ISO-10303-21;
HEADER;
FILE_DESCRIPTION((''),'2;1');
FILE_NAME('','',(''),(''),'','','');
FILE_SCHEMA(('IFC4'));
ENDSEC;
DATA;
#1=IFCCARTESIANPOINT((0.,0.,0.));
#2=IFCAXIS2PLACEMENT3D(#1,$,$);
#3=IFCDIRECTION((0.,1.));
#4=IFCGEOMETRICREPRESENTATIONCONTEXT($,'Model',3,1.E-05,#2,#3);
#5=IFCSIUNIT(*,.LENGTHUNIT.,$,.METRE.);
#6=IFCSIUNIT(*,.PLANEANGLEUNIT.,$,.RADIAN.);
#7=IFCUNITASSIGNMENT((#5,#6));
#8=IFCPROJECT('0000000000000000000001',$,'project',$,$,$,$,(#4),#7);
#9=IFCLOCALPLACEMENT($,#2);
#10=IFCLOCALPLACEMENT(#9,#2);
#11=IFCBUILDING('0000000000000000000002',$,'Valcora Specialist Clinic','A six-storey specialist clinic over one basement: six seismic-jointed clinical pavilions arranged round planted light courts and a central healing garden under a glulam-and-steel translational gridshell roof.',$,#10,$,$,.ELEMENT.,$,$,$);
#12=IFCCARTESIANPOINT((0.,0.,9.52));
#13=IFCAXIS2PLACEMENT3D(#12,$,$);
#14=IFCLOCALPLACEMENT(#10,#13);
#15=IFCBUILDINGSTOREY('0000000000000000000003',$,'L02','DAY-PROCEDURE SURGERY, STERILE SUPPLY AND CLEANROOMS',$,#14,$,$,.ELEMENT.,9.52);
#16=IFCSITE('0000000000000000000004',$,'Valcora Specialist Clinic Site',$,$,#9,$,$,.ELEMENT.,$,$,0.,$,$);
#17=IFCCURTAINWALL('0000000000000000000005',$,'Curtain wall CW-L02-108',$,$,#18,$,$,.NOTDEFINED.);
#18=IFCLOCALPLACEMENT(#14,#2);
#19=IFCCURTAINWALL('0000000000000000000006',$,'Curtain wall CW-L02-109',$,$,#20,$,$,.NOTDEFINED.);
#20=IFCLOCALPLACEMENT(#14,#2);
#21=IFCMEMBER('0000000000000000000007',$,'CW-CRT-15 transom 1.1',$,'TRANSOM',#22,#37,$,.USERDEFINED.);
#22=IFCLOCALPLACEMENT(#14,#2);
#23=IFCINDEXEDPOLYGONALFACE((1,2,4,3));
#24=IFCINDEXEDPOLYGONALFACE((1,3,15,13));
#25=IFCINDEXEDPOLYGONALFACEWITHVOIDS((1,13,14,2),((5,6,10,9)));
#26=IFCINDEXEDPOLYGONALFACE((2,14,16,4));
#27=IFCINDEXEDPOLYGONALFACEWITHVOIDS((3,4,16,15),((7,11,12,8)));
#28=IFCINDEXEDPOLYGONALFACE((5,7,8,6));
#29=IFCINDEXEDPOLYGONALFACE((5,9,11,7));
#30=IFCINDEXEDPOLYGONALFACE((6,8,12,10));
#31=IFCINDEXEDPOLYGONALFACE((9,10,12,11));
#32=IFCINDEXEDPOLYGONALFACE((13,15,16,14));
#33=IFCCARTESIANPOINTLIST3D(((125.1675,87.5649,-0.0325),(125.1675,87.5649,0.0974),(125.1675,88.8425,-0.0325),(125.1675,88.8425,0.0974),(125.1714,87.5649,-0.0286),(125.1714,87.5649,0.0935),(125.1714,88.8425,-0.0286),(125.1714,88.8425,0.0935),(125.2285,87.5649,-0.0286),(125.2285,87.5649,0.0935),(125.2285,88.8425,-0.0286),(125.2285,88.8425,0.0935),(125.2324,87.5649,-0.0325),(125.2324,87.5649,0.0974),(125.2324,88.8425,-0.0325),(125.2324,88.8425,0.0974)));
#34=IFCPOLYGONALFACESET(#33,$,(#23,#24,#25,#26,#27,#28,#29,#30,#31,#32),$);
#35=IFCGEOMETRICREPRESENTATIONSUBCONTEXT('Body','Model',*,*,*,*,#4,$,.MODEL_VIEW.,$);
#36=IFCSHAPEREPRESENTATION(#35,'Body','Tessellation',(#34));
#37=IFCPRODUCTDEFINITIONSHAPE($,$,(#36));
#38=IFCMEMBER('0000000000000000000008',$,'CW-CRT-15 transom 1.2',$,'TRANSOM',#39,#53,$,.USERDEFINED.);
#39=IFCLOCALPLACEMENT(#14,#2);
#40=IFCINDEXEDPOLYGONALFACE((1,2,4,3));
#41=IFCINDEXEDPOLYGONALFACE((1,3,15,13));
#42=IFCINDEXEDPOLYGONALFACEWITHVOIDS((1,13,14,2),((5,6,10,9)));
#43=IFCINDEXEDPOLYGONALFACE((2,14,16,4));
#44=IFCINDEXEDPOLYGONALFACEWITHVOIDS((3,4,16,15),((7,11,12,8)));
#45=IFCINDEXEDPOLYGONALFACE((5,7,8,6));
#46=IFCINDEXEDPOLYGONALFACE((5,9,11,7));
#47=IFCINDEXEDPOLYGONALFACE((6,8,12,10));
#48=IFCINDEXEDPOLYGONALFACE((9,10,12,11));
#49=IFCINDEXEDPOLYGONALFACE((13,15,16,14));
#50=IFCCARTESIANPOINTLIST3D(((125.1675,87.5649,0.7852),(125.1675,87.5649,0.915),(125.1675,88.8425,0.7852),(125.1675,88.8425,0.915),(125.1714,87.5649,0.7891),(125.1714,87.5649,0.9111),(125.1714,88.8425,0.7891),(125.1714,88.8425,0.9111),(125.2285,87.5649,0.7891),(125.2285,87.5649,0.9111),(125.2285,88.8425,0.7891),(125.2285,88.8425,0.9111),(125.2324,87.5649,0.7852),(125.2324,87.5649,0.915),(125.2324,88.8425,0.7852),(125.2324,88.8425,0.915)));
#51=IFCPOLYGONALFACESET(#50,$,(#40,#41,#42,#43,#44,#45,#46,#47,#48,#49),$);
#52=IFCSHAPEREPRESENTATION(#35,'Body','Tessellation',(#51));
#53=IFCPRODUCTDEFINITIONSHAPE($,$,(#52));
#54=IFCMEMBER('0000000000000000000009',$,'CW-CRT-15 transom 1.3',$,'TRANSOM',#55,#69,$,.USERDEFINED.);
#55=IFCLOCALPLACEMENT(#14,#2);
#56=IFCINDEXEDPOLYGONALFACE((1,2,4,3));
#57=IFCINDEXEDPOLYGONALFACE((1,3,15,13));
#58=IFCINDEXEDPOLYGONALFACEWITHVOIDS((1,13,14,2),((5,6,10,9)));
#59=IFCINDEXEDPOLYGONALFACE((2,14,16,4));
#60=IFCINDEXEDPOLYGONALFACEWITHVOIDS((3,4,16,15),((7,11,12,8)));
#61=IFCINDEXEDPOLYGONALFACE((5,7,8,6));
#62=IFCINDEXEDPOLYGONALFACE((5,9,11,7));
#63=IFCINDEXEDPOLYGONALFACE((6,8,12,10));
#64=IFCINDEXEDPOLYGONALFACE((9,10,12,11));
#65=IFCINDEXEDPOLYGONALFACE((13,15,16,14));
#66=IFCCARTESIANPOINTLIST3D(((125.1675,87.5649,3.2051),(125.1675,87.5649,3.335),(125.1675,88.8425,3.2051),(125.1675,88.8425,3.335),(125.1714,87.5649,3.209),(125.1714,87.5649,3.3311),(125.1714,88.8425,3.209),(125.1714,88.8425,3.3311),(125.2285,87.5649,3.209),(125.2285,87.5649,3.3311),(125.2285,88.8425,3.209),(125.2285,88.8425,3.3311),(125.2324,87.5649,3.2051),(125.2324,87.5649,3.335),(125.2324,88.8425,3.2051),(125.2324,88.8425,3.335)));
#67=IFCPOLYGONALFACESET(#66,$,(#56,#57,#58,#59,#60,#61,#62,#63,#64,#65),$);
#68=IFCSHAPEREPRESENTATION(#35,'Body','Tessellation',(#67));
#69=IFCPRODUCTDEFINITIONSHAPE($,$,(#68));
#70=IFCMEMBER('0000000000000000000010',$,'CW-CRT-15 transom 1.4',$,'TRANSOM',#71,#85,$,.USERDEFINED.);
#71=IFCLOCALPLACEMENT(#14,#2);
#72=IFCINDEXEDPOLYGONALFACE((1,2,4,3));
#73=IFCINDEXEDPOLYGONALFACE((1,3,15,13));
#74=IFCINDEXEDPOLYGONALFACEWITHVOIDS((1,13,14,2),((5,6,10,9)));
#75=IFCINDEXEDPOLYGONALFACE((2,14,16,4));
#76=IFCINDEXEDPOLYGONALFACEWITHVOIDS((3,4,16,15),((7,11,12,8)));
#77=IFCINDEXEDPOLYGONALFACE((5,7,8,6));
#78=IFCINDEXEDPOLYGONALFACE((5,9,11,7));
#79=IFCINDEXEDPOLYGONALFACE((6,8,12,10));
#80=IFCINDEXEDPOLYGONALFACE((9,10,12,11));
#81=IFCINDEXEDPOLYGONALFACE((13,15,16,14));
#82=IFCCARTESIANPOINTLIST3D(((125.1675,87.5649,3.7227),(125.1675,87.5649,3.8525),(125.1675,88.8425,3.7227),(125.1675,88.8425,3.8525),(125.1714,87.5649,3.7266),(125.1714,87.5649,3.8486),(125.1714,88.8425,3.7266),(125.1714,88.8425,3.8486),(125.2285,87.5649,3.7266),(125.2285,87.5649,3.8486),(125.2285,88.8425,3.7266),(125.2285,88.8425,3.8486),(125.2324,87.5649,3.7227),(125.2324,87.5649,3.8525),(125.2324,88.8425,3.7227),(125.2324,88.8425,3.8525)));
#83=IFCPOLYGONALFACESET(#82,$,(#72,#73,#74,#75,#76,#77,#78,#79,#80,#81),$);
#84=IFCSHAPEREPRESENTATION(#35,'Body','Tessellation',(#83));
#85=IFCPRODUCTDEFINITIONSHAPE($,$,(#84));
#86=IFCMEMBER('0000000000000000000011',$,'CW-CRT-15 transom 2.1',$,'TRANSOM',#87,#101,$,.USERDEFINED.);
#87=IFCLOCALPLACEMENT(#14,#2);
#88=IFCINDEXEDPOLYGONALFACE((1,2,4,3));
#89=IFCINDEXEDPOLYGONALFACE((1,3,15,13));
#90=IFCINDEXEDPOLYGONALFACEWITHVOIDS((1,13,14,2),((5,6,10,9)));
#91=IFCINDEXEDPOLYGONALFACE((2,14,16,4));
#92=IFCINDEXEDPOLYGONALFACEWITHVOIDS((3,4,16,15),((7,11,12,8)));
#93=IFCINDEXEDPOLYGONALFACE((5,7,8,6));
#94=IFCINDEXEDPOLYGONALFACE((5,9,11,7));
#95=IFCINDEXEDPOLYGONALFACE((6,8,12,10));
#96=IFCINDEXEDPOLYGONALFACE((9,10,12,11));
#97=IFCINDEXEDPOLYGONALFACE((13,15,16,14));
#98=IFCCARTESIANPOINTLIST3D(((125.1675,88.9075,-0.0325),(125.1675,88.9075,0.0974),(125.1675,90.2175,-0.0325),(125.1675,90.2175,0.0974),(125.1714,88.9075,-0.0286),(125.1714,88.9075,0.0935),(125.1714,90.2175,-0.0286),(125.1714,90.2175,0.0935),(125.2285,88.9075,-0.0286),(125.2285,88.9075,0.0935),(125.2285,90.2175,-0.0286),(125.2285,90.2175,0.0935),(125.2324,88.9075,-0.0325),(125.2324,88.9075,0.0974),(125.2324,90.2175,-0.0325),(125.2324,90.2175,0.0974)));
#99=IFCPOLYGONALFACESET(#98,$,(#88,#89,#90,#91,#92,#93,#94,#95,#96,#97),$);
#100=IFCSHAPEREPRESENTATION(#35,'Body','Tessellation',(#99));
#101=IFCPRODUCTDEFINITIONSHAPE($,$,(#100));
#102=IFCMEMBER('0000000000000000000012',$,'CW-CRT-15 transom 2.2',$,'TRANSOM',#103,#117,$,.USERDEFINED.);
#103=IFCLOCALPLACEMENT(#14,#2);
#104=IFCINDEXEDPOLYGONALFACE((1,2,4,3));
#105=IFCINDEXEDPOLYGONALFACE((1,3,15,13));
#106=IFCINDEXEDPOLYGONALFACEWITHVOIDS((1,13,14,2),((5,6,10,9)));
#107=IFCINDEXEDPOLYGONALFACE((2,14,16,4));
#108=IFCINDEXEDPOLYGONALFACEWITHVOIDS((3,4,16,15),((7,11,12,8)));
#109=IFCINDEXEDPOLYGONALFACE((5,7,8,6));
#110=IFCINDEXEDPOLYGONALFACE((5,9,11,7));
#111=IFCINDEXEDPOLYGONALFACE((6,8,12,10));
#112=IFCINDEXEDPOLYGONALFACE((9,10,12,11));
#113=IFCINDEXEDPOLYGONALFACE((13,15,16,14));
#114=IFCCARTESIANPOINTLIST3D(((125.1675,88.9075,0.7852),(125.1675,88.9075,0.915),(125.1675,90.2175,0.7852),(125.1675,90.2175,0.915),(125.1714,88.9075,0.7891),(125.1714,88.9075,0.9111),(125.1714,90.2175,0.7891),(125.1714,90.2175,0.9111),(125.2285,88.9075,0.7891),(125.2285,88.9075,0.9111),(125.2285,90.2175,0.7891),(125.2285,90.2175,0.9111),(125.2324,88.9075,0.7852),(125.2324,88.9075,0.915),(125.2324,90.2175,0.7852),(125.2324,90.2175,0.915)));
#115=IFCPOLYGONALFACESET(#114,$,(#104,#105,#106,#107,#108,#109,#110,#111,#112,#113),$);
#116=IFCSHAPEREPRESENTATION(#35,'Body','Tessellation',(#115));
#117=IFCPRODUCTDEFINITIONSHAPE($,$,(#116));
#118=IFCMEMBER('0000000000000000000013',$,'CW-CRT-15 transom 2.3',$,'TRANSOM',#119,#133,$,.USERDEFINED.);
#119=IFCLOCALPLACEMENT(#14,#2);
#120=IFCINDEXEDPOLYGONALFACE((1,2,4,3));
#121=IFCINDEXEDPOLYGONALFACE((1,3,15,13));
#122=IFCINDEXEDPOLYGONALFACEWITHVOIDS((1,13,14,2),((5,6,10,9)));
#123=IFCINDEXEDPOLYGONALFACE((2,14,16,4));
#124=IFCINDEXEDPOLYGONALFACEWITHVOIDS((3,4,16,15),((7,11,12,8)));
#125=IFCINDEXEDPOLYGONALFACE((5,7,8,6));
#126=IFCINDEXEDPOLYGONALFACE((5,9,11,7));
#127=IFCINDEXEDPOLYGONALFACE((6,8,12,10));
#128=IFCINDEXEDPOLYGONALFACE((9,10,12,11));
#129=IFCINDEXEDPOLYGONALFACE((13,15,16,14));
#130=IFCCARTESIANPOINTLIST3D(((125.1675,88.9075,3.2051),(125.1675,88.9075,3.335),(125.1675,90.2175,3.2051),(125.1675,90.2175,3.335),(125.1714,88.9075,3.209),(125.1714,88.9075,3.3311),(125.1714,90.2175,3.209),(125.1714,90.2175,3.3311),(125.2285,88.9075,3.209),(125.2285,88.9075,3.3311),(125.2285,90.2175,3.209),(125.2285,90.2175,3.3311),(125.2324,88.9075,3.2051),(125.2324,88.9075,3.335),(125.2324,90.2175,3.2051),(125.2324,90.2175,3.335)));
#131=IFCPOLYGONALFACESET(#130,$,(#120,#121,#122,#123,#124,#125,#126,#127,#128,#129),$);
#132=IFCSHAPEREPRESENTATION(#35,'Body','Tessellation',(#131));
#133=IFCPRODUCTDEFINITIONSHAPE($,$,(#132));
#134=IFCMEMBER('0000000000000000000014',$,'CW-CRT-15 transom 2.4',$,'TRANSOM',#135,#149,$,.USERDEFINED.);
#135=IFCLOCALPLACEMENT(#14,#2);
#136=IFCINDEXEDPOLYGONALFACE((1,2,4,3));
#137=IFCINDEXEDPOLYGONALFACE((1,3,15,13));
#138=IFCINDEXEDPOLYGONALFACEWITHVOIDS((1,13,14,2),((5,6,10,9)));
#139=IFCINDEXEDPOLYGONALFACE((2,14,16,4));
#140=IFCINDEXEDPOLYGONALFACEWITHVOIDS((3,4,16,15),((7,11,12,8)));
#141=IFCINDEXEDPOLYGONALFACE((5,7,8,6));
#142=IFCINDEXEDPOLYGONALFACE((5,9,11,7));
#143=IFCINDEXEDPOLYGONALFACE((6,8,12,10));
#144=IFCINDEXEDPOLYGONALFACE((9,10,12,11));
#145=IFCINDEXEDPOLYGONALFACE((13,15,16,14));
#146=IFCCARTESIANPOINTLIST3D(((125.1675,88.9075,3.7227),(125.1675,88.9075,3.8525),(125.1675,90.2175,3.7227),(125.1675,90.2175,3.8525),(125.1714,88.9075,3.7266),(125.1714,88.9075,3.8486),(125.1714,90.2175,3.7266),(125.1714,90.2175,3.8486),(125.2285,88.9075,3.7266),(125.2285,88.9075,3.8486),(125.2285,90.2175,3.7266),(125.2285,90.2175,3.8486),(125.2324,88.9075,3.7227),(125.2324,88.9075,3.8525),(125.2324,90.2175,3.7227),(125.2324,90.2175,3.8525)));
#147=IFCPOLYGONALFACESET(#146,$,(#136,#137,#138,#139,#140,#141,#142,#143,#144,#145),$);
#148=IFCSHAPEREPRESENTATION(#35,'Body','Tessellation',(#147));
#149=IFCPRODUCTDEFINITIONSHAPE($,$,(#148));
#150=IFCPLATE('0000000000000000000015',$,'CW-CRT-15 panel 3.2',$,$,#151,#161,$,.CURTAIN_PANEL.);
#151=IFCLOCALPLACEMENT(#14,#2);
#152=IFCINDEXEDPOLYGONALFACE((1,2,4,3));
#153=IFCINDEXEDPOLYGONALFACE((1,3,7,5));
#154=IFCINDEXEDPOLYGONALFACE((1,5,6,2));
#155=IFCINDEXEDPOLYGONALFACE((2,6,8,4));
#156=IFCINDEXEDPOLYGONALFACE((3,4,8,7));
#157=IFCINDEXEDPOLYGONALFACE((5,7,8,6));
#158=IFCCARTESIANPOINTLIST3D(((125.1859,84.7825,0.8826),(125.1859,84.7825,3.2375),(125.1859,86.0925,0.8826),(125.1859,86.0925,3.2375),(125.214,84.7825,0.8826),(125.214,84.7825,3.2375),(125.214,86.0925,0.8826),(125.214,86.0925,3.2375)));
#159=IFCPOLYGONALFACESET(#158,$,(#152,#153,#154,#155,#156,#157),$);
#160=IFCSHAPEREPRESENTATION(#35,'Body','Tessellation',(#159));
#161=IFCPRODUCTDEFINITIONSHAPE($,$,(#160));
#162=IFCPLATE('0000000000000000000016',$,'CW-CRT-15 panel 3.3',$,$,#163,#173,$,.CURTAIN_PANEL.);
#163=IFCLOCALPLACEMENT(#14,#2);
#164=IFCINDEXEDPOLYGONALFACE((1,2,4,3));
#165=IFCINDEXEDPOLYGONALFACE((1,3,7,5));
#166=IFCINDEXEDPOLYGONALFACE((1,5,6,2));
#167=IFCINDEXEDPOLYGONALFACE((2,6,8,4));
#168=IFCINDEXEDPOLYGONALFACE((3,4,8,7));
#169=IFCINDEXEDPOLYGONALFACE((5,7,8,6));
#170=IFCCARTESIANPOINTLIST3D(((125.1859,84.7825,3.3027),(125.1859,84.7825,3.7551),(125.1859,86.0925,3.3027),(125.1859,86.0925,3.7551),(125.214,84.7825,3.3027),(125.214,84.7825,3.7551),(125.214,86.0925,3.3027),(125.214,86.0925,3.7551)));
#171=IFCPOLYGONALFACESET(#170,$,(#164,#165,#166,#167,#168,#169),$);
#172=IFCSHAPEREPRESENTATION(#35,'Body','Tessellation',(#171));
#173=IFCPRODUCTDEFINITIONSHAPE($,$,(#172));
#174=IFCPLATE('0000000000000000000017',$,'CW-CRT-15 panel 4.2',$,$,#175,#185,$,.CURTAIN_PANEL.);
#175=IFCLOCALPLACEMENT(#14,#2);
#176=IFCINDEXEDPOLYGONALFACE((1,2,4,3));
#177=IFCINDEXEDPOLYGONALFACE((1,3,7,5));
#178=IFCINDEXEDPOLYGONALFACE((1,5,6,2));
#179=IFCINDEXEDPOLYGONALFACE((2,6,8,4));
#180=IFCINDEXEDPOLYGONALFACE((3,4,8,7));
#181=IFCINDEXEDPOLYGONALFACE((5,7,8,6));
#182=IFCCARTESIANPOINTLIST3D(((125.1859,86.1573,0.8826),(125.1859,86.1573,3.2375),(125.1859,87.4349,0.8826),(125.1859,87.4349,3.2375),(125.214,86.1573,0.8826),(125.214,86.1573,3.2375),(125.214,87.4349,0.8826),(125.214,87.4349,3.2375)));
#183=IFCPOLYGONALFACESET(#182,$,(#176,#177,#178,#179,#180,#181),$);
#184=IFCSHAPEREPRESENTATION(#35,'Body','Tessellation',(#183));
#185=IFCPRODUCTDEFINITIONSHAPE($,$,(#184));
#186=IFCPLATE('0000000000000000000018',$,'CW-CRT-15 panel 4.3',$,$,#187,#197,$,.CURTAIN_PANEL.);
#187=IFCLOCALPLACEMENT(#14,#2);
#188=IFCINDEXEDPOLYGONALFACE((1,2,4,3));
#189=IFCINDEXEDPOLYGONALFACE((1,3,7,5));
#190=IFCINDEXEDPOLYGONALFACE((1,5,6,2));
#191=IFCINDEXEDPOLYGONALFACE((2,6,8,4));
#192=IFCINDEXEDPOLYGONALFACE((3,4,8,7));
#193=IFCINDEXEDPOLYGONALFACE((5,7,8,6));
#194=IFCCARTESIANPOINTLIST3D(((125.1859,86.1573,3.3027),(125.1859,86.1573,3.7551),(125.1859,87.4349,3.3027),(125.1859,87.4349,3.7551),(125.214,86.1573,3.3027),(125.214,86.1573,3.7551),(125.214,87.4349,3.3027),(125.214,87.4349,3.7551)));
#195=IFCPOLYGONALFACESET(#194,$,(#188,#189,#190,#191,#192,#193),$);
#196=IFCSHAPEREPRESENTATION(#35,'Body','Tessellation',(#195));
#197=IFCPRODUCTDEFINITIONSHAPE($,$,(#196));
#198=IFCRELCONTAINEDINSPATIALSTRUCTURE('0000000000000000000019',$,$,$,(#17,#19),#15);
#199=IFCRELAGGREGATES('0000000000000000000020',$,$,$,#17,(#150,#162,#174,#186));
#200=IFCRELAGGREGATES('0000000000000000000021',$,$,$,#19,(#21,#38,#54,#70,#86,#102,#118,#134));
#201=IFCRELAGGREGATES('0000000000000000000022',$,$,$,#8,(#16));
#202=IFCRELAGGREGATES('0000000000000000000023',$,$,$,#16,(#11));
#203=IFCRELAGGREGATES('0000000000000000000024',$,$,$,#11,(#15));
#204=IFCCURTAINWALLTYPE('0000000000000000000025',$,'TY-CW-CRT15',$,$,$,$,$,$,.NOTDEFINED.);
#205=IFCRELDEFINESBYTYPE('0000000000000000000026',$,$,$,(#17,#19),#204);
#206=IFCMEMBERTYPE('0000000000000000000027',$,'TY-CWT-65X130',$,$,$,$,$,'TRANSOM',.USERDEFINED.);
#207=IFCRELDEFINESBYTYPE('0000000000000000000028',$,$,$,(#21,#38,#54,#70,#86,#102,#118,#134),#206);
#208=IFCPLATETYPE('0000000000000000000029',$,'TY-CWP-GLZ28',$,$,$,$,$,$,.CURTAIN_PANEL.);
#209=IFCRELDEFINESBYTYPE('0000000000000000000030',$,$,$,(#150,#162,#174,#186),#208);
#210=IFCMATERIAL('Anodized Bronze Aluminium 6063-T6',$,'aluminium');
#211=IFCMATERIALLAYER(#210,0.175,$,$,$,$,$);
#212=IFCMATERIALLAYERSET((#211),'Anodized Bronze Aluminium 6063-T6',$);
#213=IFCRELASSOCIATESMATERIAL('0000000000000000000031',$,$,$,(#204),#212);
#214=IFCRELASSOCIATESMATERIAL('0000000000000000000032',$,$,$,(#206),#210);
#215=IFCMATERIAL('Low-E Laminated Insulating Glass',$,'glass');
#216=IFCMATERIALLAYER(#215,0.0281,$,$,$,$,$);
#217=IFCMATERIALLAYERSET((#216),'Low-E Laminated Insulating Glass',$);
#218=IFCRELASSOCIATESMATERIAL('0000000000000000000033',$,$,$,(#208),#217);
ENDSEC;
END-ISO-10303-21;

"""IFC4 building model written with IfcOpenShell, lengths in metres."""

from ifc_helpers import new_model, si_unit, direction, frame, origin, origin_2d, place, context, subcontext, project, spatial, rectangle, hollow_rectangle, extrude, material, layer, layer_set, material_profile, profile_set, type_object, element, aggregate, save


model = new_model("IFC4")

# Units and contexts
model_context = context("Model", 3, precision=1e-05, world=origin(), true_north=direction((0.0, 1.0)))
body_context = subcontext(model_context, "Body", "Model", "MODEL_VIEW")
ifc_project = project(units=[si_unit("LENGTHUNIT", "METRE"), si_unit("PLANEANGLEUNIT", "RADIAN")], contexts=[model_context])

# Site, building, storey
site_placement = place(None, origin())
site = spatial("IfcSite", under=ifc_project, at=site_placement, Name="Valcora Specialist Clinic Site", CompositionType="ELEMENT", RefElevation=0.0)
building_placement = place(site_placement, origin())
building = spatial("IfcBuilding", under=site, at=building_placement, Name="Valcora Specialist Clinic", Description="A six-storey specialist clinic over one basement: six seismic-jointed clinical pavilions arranged round planted light courts and a central healing garden under a glulam-and-steel translational gridshell roof.", CompositionType="ELEMENT")
storey_placement = place(building_placement, frame((0.0, 0.0, 9.52)))
storey = spatial("IfcBuildingStorey", under=building, at=storey_placement, Name="L02", Description="DAY-PROCEDURE SURGERY, STERILE SUPPLY AND CLEANROOMS", CompositionType="ELEMENT", Elevation=9.52)

# Curtain walls
ifc_material_1 = material(Name="Anodized Bronze Aluminium 6063-T6", Category="aluminium")
ifc_layer_1 = layer(ifc_material_1, 0.175)
ifc_layer_set_1 = layer_set([ifc_layer_1], Name="Anodized Bronze Aluminium 6063-T6")
curtain_wall_type = type_object("IfcCurtainWallType", Name="TY-CW-CRT15", PredefinedType="NOTDEFINED", material=ifc_layer_set_1)
curtain_wall_1_placement = place(storey_placement, origin())
curtain_wall_1 = element("IfcCurtainWall", 1, at=curtain_wall_1_placement, inside=storey, type_object=curtain_wall_type, Name="Curtain wall CW-L02-108", PredefinedType="NOTDEFINED")
curtain_wall_2_placement = place(storey_placement, origin())
curtain_wall_2 = element("IfcCurtainWall", 2, at=curtain_wall_2_placement, inside=storey, type_object=curtain_wall_type, Name="Curtain wall CW-L02-109", PredefinedType="NOTDEFINED")

# Members
ifc_material_profile_1 = material_profile(ifc_material_1, hollow_rectangle(XDim=0.0649, YDim=0.1299, WallThickness=0.0039, at=origin_2d()), Name="AL-TRN-65X130")
ifc_profile_set_1 = profile_set([ifc_material_profile_1], Name="Anodized Bronze Aluminium 6063-T6")
member_type_1 = type_object("IfcMemberType", Name="TY-CWT-65X130", ElementType="TRANSOM", PredefinedType="USERDEFINED", material=ifc_profile_set_1)
member_1_placement = place(storey_placement, frame((125.2, 87.5649, 0.0325), z_axis=(0.0, 1.0, 0.0), x_axis=(-1.0, 0.0, 0.0)))
member_1 = element("IfcMember", 3, at=member_1_placement, type_object=member_type_1, Name="CW-CRT-15 transom 1.1", ObjectType="TRANSOM", PredefinedType="USERDEFINED", context=body_context, shape_type="SweptSolid", body=[
    extrude(hollow_rectangle(XDim=0.0649, YDim=0.1299, WallThickness=0.0039, at=origin_2d()), origin(), (0.0, 0.0, 1.0), 1.2776),
])
member_2_placement = place(storey_placement, frame((125.2, 87.5649, 0.8501), z_axis=(0.0, 1.0, 0.0), x_axis=(-1.0, 0.0, 0.0)))
member_2 = element("IfcMember", 4, at=member_2_placement, type_object=member_type_1, Name="CW-CRT-15 transom 1.2", ObjectType="TRANSOM", PredefinedType="USERDEFINED", context=body_context, shape_type="SweptSolid", body=[
    extrude(hollow_rectangle(XDim=0.0649, YDim=0.1299, WallThickness=0.0039, at=origin_2d()), origin(), (0.0, 0.0, 1.0), 1.2776),
])
member_3_placement = place(storey_placement, frame((125.2, 87.5649, 3.27), z_axis=(0.0, 1.0, 0.0), x_axis=(-1.0, 0.0, 0.0)))
member_3 = element("IfcMember", 5, at=member_3_placement, type_object=member_type_1, Name="CW-CRT-15 transom 1.3", ObjectType="TRANSOM", PredefinedType="USERDEFINED", context=body_context, shape_type="SweptSolid", body=[
    extrude(hollow_rectangle(XDim=0.0649, YDim=0.1299, WallThickness=0.0039, at=origin_2d()), origin(), (0.0, 0.0, 1.0), 1.2776),
])
member_4_placement = place(storey_placement, frame((125.2, 87.5649, 3.7876), z_axis=(0.0, 1.0, 0.0), x_axis=(-1.0, 0.0, 0.0)))
member_4 = element("IfcMember", 6, at=member_4_placement, type_object=member_type_1, Name="CW-CRT-15 transom 1.4", ObjectType="TRANSOM", PredefinedType="USERDEFINED", context=body_context, shape_type="SweptSolid", body=[
    extrude(hollow_rectangle(XDim=0.0649, YDim=0.1299, WallThickness=0.0039, at=origin_2d()), origin(), (0.0, 0.0, 1.0), 1.2776),
])
member_5_placement = place(storey_placement, frame((125.2, 88.9075, 0.0325), z_axis=(0.0, 1.0, 0.0), x_axis=(-1.0, 0.0, 0.0)))
member_5 = element("IfcMember", 7, at=member_5_placement, type_object=member_type_1, Name="CW-CRT-15 transom 2.1", ObjectType="TRANSOM", PredefinedType="USERDEFINED", context=body_context, shape_type="SweptSolid", body=[
    extrude(hollow_rectangle(XDim=0.0649, YDim=0.1299, WallThickness=0.0039, at=origin_2d()), origin(), (0.0, 0.0, 1.0), 1.3101),
])
member_6_placement = place(storey_placement, frame((125.2, 88.9075, 0.8501), z_axis=(0.0, 1.0, 0.0), x_axis=(-1.0, 0.0, 0.0)))
member_6 = element("IfcMember", 8, at=member_6_placement, type_object=member_type_1, Name="CW-CRT-15 transom 2.2", ObjectType="TRANSOM", PredefinedType="USERDEFINED", context=body_context, shape_type="SweptSolid", body=[
    extrude(hollow_rectangle(XDim=0.0649, YDim=0.1299, WallThickness=0.0039, at=origin_2d()), origin(), (0.0, 0.0, 1.0), 1.3101),
])
member_7_placement = place(storey_placement, frame((125.2, 88.9075, 3.27), z_axis=(0.0, 1.0, 0.0), x_axis=(-1.0, 0.0, 0.0)))
member_7 = element("IfcMember", 9, at=member_7_placement, type_object=member_type_1, Name="CW-CRT-15 transom 2.3", ObjectType="TRANSOM", PredefinedType="USERDEFINED", context=body_context, shape_type="SweptSolid", body=[
    extrude(hollow_rectangle(XDim=0.0649, YDim=0.1299, WallThickness=0.0039, at=origin_2d()), origin(), (0.0, 0.0, 1.0), 1.3101),
])
member_8_placement = place(storey_placement, frame((125.2, 88.9075, 3.7876), z_axis=(0.0, 1.0, 0.0), x_axis=(-1.0, 0.0, 0.0)))
member_8 = element("IfcMember", 10, at=member_8_placement, type_object=member_type_1, Name="CW-CRT-15 transom 2.4", ObjectType="TRANSOM", PredefinedType="USERDEFINED", context=body_context, shape_type="SweptSolid", body=[
    extrude(hollow_rectangle(XDim=0.0649, YDim=0.1299, WallThickness=0.0039, at=origin_2d()), origin(), (0.0, 0.0, 1.0), 1.3101),
])

# Plates
ifc_material_2 = material(Name="Low-E Laminated Insulating Glass", Category="glass")
ifc_layer_2 = layer(ifc_material_2, 0.0281)
ifc_layer_set_2 = layer_set([ifc_layer_2], Name="Low-E Laminated Insulating Glass")
plate_type_1 = type_object("IfcPlateType", Name="TY-CWP-GLZ28", PredefinedType="CURTAIN_PANEL", material=ifc_layer_set_2)
plate_1_placement = place(storey_placement, frame((125.2, 85.4375, 0.8826), z_axis=(0.0, 0.0, 1.0), x_axis=(0.0, 1.0, 0.0)))
plate_1 = element("IfcPlate", 11, at=plate_1_placement, type_object=plate_type_1, Name="CW-CRT-15 panel 3.2", PredefinedType="CURTAIN_PANEL", context=body_context, shape_type="SweptSolid", body=[
    extrude(rectangle(XDim=1.3101, YDim=0.0281, at=origin_2d()), origin(), (0.0, 0.0, 1.0), 2.355),
])
plate_2_placement = place(storey_placement, frame((125.2, 85.4375, 3.3027), z_axis=(0.0, 0.0, 1.0), x_axis=(0.0, 1.0, 0.0)))
plate_2 = element("IfcPlate", 12, at=plate_2_placement, type_object=plate_type_1, Name="CW-CRT-15 panel 3.3", PredefinedType="CURTAIN_PANEL", context=body_context, shape_type="SweptSolid", body=[
    extrude(rectangle(XDim=1.3101, YDim=0.0281, at=origin_2d()), origin(), (0.0, 0.0, 1.0), 0.4524),
])
plate_3_placement = place(storey_placement, frame((125.2, 86.7961, 0.8826), z_axis=(0.0, 0.0, 1.0), x_axis=(0.0, 1.0, 0.0)))
plate_3 = element("IfcPlate", 13, at=plate_3_placement, type_object=plate_type_1, Name="CW-CRT-15 panel 4.2", PredefinedType="CURTAIN_PANEL", context=body_context, shape_type="SweptSolid", body=[
    extrude(rectangle(XDim=1.2776, YDim=0.0281, at=origin_2d()), origin(), (0.0, 0.0, 1.0), 2.355),
])
plate_4_placement = place(storey_placement, frame((125.2, 86.7961, 3.3027), z_axis=(0.0, 0.0, 1.0), x_axis=(0.0, 1.0, 0.0)))
plate_4 = element("IfcPlate", 14, at=plate_4_placement, type_object=plate_type_1, Name="CW-CRT-15 panel 4.3", PredefinedType="CURTAIN_PANEL", context=body_context, shape_type="SweptSolid", body=[
    extrude(rectangle(XDim=1.2776, YDim=0.0281, at=origin_2d()), origin(), (0.0, 0.0, 1.0), 0.4524),
])
aggregate(curtain_wall_1, [plate_1, plate_2, plate_3, plate_4])
aggregate(curtain_wall_2, [member_1, member_2, member_3, member_4, member_5, member_6, member_7, member_8])

save(model, "model.ifc")
